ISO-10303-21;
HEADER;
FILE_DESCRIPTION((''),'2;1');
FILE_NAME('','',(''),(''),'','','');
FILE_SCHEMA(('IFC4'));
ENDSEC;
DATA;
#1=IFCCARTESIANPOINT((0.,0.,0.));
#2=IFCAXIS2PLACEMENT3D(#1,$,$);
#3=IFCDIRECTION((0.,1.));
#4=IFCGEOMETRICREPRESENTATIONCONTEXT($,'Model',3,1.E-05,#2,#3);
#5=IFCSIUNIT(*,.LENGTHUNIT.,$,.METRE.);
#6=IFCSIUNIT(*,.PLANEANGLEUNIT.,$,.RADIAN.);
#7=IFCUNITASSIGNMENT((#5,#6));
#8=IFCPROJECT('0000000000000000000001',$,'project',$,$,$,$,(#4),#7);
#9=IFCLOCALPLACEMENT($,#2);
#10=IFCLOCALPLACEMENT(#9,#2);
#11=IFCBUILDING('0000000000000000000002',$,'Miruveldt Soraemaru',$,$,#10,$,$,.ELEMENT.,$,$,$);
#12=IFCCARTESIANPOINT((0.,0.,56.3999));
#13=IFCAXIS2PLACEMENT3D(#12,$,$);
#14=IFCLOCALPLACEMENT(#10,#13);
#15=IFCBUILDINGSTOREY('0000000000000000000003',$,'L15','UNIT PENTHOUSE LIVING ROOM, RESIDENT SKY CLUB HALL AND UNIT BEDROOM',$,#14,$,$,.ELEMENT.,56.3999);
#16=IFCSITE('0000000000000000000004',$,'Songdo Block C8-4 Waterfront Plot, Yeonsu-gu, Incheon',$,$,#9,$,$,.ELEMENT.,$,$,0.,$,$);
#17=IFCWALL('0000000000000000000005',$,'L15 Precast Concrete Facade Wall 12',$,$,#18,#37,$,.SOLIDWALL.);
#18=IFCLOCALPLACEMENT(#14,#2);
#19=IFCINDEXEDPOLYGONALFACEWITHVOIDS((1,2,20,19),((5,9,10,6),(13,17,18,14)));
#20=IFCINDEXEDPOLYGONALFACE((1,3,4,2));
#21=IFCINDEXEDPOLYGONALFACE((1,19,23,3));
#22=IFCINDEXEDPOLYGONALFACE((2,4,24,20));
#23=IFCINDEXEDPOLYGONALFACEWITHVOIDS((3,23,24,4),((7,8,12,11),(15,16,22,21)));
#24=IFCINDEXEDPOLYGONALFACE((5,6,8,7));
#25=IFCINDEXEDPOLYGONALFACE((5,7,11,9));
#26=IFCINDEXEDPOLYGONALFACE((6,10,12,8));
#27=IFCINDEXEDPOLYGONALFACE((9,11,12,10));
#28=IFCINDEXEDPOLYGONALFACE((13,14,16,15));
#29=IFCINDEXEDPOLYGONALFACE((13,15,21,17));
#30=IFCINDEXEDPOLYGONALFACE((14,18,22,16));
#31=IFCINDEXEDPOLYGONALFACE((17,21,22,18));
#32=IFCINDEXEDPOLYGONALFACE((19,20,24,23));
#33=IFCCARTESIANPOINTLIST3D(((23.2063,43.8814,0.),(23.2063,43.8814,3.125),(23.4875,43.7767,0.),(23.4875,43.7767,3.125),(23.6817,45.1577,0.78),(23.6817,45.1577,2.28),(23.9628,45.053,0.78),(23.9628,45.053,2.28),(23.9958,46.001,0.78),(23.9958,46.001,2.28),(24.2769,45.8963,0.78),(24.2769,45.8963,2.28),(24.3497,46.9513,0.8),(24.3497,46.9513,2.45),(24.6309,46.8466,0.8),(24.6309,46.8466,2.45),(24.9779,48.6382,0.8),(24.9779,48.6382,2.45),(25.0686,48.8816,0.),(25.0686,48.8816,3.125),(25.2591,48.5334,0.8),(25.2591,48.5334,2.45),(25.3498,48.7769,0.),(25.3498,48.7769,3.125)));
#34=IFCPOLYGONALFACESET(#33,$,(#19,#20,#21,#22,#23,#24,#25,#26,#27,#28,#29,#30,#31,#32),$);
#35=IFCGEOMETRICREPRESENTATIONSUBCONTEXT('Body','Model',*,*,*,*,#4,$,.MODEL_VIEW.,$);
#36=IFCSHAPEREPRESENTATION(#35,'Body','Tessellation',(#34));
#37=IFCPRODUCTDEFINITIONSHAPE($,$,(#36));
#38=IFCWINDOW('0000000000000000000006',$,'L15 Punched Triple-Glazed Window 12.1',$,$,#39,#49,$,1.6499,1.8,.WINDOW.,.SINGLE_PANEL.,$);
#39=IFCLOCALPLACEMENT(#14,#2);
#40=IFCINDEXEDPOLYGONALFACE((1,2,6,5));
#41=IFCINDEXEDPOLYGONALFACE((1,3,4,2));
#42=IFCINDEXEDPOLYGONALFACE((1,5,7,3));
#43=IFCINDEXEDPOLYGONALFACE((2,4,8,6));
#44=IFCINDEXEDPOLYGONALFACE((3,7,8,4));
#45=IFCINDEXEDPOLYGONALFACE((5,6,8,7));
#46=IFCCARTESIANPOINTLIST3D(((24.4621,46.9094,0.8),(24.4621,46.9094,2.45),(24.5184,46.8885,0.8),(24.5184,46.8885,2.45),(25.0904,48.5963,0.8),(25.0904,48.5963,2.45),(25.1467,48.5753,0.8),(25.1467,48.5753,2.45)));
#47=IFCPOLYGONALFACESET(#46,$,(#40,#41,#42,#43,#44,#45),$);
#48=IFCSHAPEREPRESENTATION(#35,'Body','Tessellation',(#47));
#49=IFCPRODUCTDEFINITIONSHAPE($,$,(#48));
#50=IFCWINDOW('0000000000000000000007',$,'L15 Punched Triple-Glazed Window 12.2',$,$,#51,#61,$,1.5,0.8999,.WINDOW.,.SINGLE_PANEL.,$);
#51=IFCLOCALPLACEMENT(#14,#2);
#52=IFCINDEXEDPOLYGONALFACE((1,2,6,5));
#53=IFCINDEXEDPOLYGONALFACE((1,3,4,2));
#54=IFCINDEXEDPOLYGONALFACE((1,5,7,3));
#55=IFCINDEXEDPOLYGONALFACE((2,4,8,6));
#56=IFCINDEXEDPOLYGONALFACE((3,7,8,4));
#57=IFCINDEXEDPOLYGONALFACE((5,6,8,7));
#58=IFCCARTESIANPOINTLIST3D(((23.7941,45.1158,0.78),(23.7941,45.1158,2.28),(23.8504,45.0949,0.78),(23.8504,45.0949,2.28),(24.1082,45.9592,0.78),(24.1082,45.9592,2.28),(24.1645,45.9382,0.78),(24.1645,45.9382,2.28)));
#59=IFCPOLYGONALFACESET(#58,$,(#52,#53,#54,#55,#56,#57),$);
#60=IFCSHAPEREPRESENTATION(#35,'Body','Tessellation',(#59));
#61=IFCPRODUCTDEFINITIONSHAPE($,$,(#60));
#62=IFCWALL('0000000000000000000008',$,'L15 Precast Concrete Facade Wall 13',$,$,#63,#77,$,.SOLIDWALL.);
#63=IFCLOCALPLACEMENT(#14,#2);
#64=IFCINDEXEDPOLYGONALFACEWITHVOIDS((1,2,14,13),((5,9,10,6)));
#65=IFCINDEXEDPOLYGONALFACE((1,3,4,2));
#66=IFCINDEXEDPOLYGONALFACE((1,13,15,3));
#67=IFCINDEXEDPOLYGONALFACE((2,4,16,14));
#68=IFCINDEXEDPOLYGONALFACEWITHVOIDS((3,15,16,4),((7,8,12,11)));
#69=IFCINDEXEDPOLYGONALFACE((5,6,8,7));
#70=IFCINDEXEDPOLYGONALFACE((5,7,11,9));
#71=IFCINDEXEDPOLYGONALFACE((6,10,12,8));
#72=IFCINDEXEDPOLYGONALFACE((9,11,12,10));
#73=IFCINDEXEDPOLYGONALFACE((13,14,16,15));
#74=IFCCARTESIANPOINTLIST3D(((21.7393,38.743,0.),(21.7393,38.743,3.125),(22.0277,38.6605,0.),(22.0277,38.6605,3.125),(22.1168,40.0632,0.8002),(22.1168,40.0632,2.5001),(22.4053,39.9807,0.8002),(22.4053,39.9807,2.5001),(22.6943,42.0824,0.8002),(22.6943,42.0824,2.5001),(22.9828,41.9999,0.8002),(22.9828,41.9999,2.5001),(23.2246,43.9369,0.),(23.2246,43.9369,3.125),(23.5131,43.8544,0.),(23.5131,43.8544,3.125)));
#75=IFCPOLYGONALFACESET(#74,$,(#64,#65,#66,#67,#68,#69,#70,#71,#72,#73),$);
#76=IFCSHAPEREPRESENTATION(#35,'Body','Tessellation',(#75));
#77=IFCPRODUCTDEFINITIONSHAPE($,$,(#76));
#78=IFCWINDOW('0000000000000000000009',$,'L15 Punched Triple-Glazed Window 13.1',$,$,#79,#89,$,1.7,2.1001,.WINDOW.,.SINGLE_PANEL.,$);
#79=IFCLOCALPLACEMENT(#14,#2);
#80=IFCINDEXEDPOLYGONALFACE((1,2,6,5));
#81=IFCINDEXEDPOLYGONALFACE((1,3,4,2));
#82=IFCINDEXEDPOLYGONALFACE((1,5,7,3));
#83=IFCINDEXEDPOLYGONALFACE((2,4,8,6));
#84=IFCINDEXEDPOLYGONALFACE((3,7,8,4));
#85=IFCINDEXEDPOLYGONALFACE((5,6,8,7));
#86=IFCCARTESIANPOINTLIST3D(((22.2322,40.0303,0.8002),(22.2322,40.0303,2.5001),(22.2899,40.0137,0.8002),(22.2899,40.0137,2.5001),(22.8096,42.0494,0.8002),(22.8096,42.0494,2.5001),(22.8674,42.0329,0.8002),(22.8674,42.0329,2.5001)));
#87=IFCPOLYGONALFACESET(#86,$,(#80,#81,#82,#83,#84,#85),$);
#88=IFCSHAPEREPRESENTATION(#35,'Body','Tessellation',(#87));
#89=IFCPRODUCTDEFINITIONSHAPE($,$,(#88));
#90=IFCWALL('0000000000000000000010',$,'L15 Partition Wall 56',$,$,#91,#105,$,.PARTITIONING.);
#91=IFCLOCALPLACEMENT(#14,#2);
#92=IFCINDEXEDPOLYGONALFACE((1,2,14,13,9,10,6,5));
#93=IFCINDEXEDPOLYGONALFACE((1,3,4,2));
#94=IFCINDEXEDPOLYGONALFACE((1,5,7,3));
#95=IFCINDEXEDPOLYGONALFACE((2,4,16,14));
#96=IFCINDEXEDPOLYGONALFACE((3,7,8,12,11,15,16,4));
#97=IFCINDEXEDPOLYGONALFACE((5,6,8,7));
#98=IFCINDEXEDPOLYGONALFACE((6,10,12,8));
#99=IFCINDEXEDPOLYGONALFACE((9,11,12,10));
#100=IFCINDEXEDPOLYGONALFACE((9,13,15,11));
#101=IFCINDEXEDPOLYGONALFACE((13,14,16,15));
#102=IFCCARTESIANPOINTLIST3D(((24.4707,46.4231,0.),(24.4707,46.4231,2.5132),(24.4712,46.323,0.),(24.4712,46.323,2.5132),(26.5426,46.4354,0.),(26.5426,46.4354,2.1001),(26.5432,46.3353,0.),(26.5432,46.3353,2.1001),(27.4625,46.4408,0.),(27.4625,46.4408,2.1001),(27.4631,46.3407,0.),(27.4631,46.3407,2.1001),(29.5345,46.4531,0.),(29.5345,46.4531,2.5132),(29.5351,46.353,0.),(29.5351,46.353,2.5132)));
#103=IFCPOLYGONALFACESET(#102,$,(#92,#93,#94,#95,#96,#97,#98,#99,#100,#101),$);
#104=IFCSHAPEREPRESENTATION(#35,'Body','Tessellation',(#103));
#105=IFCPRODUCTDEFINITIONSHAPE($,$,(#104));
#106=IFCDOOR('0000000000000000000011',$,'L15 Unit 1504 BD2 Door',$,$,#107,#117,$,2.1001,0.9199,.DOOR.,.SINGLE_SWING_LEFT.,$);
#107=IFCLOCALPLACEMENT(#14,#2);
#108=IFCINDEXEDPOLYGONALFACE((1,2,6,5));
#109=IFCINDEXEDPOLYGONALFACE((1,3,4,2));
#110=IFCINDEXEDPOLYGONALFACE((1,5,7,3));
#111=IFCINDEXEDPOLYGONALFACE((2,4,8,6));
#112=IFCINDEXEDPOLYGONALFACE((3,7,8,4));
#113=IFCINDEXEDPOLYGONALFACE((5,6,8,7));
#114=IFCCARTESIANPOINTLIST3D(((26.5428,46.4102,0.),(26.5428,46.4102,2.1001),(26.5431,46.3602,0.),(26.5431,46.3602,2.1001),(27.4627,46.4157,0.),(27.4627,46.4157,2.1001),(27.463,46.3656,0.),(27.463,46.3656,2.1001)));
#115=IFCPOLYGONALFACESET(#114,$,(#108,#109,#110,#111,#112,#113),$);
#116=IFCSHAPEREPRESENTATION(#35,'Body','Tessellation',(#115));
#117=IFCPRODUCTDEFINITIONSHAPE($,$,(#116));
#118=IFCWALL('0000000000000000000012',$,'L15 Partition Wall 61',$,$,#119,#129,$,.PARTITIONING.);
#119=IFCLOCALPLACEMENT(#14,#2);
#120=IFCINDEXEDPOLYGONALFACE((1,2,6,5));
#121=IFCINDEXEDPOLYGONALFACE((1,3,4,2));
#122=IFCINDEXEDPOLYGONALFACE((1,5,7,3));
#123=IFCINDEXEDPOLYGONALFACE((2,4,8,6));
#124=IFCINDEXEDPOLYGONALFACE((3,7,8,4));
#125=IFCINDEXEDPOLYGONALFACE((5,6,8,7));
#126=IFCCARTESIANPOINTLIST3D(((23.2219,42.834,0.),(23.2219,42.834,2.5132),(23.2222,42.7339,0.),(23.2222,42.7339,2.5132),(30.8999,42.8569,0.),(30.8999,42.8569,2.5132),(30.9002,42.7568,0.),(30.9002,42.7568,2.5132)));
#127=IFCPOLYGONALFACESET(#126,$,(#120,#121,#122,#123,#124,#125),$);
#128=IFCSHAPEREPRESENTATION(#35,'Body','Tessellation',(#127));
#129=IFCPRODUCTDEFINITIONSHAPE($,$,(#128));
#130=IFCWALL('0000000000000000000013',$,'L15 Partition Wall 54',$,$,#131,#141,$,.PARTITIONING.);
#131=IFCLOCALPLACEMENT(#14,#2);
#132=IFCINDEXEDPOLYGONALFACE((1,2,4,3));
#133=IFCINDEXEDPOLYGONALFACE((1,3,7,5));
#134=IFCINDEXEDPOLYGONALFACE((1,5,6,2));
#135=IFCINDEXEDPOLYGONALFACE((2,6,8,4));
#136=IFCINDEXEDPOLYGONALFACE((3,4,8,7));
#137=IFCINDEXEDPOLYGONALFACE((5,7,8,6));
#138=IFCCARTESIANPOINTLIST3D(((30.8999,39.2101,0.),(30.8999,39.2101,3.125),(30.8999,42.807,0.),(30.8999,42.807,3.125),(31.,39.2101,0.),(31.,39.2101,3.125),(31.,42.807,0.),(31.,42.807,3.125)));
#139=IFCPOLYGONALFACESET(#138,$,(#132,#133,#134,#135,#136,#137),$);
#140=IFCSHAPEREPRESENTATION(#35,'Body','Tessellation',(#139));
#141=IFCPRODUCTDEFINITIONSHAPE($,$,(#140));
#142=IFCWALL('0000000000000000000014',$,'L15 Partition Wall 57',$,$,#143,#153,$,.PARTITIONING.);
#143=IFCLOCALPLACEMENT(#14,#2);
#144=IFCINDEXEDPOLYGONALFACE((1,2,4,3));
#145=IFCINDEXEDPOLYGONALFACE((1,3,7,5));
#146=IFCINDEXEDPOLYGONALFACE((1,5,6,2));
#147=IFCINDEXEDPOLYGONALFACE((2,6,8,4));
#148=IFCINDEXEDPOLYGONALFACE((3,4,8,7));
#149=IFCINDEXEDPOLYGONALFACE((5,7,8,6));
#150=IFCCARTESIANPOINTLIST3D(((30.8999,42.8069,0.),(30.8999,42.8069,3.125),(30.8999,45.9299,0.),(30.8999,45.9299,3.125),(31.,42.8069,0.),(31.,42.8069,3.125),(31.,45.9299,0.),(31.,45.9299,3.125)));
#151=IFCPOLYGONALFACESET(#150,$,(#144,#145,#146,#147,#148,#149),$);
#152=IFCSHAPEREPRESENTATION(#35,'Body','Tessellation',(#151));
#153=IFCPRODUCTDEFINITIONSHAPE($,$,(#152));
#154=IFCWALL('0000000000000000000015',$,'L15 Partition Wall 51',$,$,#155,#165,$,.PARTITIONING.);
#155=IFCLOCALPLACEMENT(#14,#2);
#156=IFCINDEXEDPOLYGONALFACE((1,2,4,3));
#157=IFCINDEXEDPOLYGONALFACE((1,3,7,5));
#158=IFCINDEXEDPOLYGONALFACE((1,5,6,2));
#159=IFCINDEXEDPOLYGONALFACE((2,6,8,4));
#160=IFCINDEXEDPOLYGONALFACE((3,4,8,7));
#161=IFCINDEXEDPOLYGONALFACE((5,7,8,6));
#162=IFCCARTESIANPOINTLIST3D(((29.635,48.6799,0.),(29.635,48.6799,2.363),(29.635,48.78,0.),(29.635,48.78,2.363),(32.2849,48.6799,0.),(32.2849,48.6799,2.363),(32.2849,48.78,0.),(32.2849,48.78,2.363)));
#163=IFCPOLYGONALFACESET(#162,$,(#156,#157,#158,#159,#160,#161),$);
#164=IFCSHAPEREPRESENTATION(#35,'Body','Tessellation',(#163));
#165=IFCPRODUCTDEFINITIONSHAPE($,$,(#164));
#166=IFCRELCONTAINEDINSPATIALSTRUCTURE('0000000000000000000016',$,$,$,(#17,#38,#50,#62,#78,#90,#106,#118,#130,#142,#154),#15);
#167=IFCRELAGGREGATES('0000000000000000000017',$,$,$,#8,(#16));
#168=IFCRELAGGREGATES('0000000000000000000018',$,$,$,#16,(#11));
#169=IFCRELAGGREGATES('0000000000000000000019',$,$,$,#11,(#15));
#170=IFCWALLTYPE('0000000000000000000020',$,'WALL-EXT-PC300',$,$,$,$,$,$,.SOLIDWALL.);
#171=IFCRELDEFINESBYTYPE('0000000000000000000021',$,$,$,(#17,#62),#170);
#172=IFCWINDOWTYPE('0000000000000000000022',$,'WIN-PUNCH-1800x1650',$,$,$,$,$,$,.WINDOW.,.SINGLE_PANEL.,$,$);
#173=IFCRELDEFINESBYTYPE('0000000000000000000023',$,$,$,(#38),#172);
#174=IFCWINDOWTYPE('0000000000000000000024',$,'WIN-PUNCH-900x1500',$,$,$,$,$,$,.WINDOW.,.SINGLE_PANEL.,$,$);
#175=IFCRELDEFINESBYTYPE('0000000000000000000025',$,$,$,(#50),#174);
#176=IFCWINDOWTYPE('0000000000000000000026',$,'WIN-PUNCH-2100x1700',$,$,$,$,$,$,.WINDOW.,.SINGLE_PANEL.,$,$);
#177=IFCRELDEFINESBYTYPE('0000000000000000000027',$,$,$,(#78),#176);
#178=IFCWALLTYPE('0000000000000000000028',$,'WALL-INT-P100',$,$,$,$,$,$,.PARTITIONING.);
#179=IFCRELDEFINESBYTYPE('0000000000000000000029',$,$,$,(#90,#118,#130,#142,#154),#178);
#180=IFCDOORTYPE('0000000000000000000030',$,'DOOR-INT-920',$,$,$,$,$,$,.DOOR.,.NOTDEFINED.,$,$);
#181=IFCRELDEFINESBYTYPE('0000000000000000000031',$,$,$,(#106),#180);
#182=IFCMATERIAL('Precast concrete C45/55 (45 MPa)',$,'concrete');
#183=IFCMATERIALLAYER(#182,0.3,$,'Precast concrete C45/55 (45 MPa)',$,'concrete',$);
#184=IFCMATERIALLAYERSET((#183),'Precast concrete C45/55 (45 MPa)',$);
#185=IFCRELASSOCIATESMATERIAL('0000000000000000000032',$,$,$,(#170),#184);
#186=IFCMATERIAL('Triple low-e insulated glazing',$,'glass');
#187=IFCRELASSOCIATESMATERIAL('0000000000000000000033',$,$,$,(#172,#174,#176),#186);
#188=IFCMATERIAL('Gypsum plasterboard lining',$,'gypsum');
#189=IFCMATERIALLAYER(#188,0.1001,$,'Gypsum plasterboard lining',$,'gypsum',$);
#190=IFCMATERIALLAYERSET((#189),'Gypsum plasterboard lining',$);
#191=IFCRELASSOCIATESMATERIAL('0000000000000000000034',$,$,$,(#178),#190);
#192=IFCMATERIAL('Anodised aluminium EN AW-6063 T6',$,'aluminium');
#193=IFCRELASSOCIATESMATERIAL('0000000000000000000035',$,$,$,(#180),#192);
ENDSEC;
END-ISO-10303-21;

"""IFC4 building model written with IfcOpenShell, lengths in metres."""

from ifc_helpers import new_model, si_unit, direction, frame, frame_2d, origin, place, context, subcontext, project, spatial, rectangle, extrude, material, layer, layer_set, type_object, element, fill, save


model = new_model("IFC4")

# Units and contexts
model_context = context("Model", 3, precision=1e-05, world=origin(), true_north=direction((0.0, 1.0)))
body_context = subcontext(model_context, "Body", "Model", "MODEL_VIEW")
ifc_project = project(units=[si_unit("LENGTHUNIT", "METRE"), si_unit("PLANEANGLEUNIT", "RADIAN")], contexts=[model_context])

# Site, building, storey
site_placement = place(None, origin())
site = spatial("IfcSite", under=ifc_project, at=site_placement, Name="Songdo Block C8-4 Waterfront Plot, Yeonsu-gu, Incheon", CompositionType="ELEMENT", RefElevation=0.0)
building_placement = place(site_placement, origin())
building = spatial("IfcBuilding", under=site, at=building_placement, Name="Miruveldt Soraemaru", CompositionType="ELEMENT")
storey_placement = place(building_placement, frame((0.0, 0.0, 56.3999)))
storey = spatial("IfcBuildingStorey", under=building, at=storey_placement, Name="L15", Description="UNIT PENTHOUSE LIVING ROOM, RESIDENT SKY CLUB HALL AND UNIT BEDROOM", CompositionType="ELEMENT", Elevation=56.3999)

# Shared definitions
ifc_material_1 = material(Name="Anodised aluminium EN AW-6063 T6", Category="aluminium")

# Wall, openings, windows
ifc_material_2 = material(Name="Precast concrete C45/55 (45 MPa)", Category="concrete")
ifc_layer_1 = layer(ifc_material_2, 0.3, Name="Precast concrete C45/55 (45 MPa)", Category="concrete")
ifc_layer_set_1 = layer_set([ifc_layer_1], Name="Precast concrete C45/55 (45 MPa)")
wall_type_1 = type_object("IfcWallType", Name="WALL-EXT-PC300", PredefinedType="SOLIDWALL", material=ifc_layer_set_1)
wall_1_placement = place(storey_placement, frame((25.2092, 48.8293, 0.0), z_axis=(0.0, 0.0, 1.0), x_axis=(-0.349022, -0.937115, 0.0)))
wall_1 = element("IfcWall", 1, at=wall_1_placement, inside=storey, type_object=wall_type_1, Name="L15 Precast Concrete Facade Wall 12", PredefinedType="SOLIDWALL", context=body_context, shape_type="SweptSolid", body=[
    extrude(rectangle(XDim=5.3357, YDim=0.3, at=frame_2d((2.668, 0.0))), origin(), (0.0, 0.0, 1.0), 3.125),
])
opening_1_placement = place(wall_1_placement, frame((0.26, 0.0, 0.8)))
opening_1 = element("IfcOpeningElement", 2, at=opening_1_placement, cuts=wall_1, PredefinedType="OPENING", context=body_context, shape_type="SweptSolid", body=[
    extrude(rectangle(XDim=1.8, YDim=1.6499, at=frame_2d((0.8999, 0.825))), frame((0.0, 0.1602, 0.0), z_axis=(0.0, -1.0, 0.0), x_axis=(1.0, 0.0, 0.0)), (0.0, 0.0, 1.0), 0.3201),
])
opening_2_placement = place(wall_1_placement, frame((3.074, 0.0, 0.78)))
opening_2 = element("IfcOpeningElement", 3, at=opening_2_placement, cuts=wall_1, PredefinedType="OPENING", context=body_context, shape_type="SweptSolid", body=[
    extrude(rectangle(XDim=0.8999, YDim=1.5, at=frame_2d((0.45, 0.75))), frame((0.0, 0.1602, 0.0), z_axis=(0.0, -1.0, 0.0), x_axis=(1.0, 0.0, 0.0)), (0.0, 0.0, 1.0), 0.3201),
])
ifc_material_3 = material(Name="Triple low-e insulated glazing", Category="glass")
window_type_1 = type_object("IfcWindowType", Name="WIN-PUNCH-1800x1650", PartitioningType="SINGLE_PANEL", PredefinedType="WINDOW", material=ifc_material_3)
window_1_placement = place(opening_1_placement, origin())
window_1 = element("IfcWindow", 4, at=window_1_placement, inside=storey, type_object=window_type_1, Name="L15 Punched Triple-Glazed Window 12.1", OverallHeight=1.6499, OverallWidth=1.8, PartitioningType="SINGLE_PANEL", PredefinedType="WINDOW", context=body_context, shape_type="SweptSolid", body=[
    extrude(rectangle(XDim=1.8, YDim=1.6499, at=frame_2d((0.8999, 0.825))), frame((0.0, 0.03, 0.0), z_axis=(0.0, -1.0, 0.0), x_axis=(1.0, 0.0, 0.0)), (0.0, 0.0, 1.0), 0.0601),
])
fill(opening_1, window_1)
window_type_2 = type_object("IfcWindowType", Name="WIN-PUNCH-900x1500", PartitioningType="SINGLE_PANEL", PredefinedType="WINDOW", material=ifc_material_3)
window_2_placement = place(opening_2_placement, origin())
window_2 = element("IfcWindow", 5, at=window_2_placement, inside=storey, type_object=window_type_2, Name="L15 Punched Triple-Glazed Window 12.2", OverallHeight=1.5, OverallWidth=0.8999, PartitioningType="SINGLE_PANEL", PredefinedType="WINDOW", context=body_context, shape_type="SweptSolid", body=[
    extrude(rectangle(XDim=0.8999, YDim=1.5, at=frame_2d((0.45, 0.75))), frame((0.0, 0.03, 0.0), z_axis=(0.0, -1.0, 0.0), x_axis=(1.0, 0.0, 0.0)), (0.0, 0.0, 1.0), 0.0601),
])
fill(opening_2, window_2)

# Wall, opening, window
wall_2_placement = place(storey_placement, frame((23.3689, 43.8958, 0.0), z_axis=(0.0, 0.0, 1.0), x_axis=(-0.27496, -0.961456, 0.0)))
wall_2 = element("IfcWall", 6, at=wall_2_placement, inside=storey, type_object=wall_type_1, Name="L15 Precast Concrete Facade Wall 13", PredefinedType="SOLIDWALL", context=body_context, shape_type="SweptSolid", body=[
    extrude(rectangle(XDim=5.4021, YDim=0.3, at=frame_2d((2.7012, 0.0))), origin(), (0.0, 0.0, 1.0), 3.125),
])
opening_3_placement = place(wall_2_placement, frame((1.929, 0.0, 0.8)))
opening_3 = element("IfcOpeningElement", 7, at=opening_3_placement, cuts=wall_2, PredefinedType="OPENING", context=body_context, shape_type="SweptSolid", body=[
    extrude(rectangle(XDim=2.1001, YDim=1.7, at=frame_2d((1.05, 0.8501))), frame((0.0, 0.1602, 0.0), z_axis=(0.0, -1.0, 0.0), x_axis=(1.0, 0.0, 0.0)), (0.0, 0.0, 1.0), 0.3201),
])
window_type_3 = type_object("IfcWindowType", Name="WIN-PUNCH-2100x1700", PartitioningType="SINGLE_PANEL", PredefinedType="WINDOW", material=ifc_material_3)
window_3_placement = place(opening_3_placement, origin())
window_3 = element("IfcWindow", 8, at=window_3_placement, inside=storey, type_object=window_type_3, Name="L15 Punched Triple-Glazed Window 13.1", OverallHeight=1.7, OverallWidth=2.1001, PartitioningType="SINGLE_PANEL", PredefinedType="WINDOW", context=body_context, shape_type="SweptSolid", body=[
    extrude(rectangle(XDim=2.1001, YDim=1.7, at=frame_2d((1.05, 0.8501))), frame((0.0, 0.03, 0.0), z_axis=(0.0, -1.0, 0.0), x_axis=(1.0, 0.0, 0.0)), (0.0, 0.0, 1.0), 0.0601),
])
fill(opening_3, window_3)

# Wall, opening, door
ifc_material_4 = material(Name="Gypsum plasterboard lining", Category="gypsum")
ifc_layer_2 = layer(ifc_material_4, 0.1001, Name="Gypsum plasterboard lining", Category="gypsum")
ifc_layer_set_2 = layer_set([ifc_layer_2], Name="Gypsum plasterboard lining")
wall_type_2 = type_object("IfcWallType", Name="WALL-INT-P100", PredefinedType="PARTITIONING", material=ifc_layer_set_2)
wall_3_placement = place(storey_placement, frame((24.4709, 46.373, 0.0), z_axis=(0.0, 0.0, 1.0), x_axis=(0.999982, 0.00593, 0.0)))
wall_3 = element("IfcWall", 9, at=wall_3_placement, inside=storey, type_object=wall_type_2, Name="L15 Partition Wall 56", PredefinedType="PARTITIONING", context=body_context, shape_type="SweptSolid", body=[
    extrude(rectangle(XDim=5.064, YDim=0.1001, at=frame_2d((2.532, 0.0))), origin(), (0.0, 0.0, 1.0), 2.5132),
])
opening_4_placement = place(wall_3_placement, frame((2.072, 0.0, 0.0)))
opening_4 = element("IfcOpeningElement", 10, at=opening_4_placement, cuts=wall_3, PredefinedType="OPENING", context=body_context, shape_type="SweptSolid", body=[
    extrude(rectangle(XDim=0.9199, YDim=2.1001, at=frame_2d((0.46, 1.05))), frame((0.0, 0.0601, 0.0), z_axis=(0.0, -1.0, 0.0), x_axis=(1.0, 0.0, 0.0)), (0.0, 0.0, 1.0), 0.1201),
])
door_type = type_object("IfcDoorType", Name="DOOR-INT-920", OperationType="NOTDEFINED", PredefinedType="DOOR", material=ifc_material_1)
door_placement = place(opening_4_placement, origin())
door = element("IfcDoor", 11, at=door_placement, inside=storey, type_object=door_type, Name="L15 Unit 1504 BD2 Door", OperationType="SINGLE_SWING_LEFT", OverallHeight=2.1001, OverallWidth=0.9199, PredefinedType="DOOR", context=body_context, shape_type="SweptSolid", body=[
    extrude(rectangle(XDim=0.9199, YDim=2.1001, at=frame_2d((0.46, 1.05))), frame((0.0, 0.0249, 0.0), z_axis=(0.0, -1.0, 0.0), x_axis=(1.0, 0.0, 0.0)), (0.0, 0.0, 1.0), 0.05),
])
fill(opening_4, door)

# Walls
wall_4_placement = place(storey_placement, frame((30.8999, 42.8069, 0.0), z_axis=(0.0, 0.0, 1.0), x_axis=(-0.999996, -0.002989, 0.0)))
element("IfcWall", 12, at=wall_4_placement, inside=storey, type_object=wall_type_2, Name="L15 Partition Wall 61", PredefinedType="PARTITIONING", context=body_context, shape_type="SweptSolid", body=[
    extrude(rectangle(XDim=7.678, YDim=0.1001, at=frame_2d((3.8389, 0.0))), origin(), (0.0, 0.0, 1.0), 2.5132),
])
wall_5_placement = place(storey_placement, frame((30.95, 42.8069, 0.0), z_axis=(0.0, 0.0, 1.0), x_axis=(0.0, -1.0, 0.0)))
element("IfcWall", 13, at=wall_5_placement, inside=storey, type_object=wall_type_2, Name="L15 Partition Wall 54", PredefinedType="PARTITIONING", context=body_context, shape_type="SweptSolid", body=[
    extrude(rectangle(XDim=3.5969, YDim=0.1001, at=frame_2d((1.7983, 0.0))), origin(), (0.0, 0.0, 1.0), 3.125),
])
wall_6_placement = place(storey_placement, frame((30.95, 45.9299, 0.0), z_axis=(0.0, 0.0, 1.0), x_axis=(0.0, -1.0, 0.0)))
element("IfcWall", 14, at=wall_6_placement, inside=storey, type_object=wall_type_2, Name="L15 Partition Wall 57", PredefinedType="PARTITIONING", context=body_context, shape_type="SweptSolid", body=[
    extrude(rectangle(XDim=3.123, YDim=0.1001, at=frame_2d((1.5615, 0.0))), origin(), (0.0, 0.0, 1.0), 3.125),
])
wall_7_placement = place(storey_placement, frame((32.2849, 48.73, 0.0), z_axis=(0.0, 0.0, 1.0), x_axis=(-1.0, 0.0, 0.0)))
element("IfcWall", 15, at=wall_7_placement, inside=storey, type_object=wall_type_2, Name="L15 Partition Wall 51", PredefinedType="PARTITIONING", context=body_context, shape_type="SweptSolid", body=[
    extrude(rectangle(XDim=2.6499, YDim=0.1001, at=frame_2d((1.325, 0.0))), origin(), (0.0, 0.0, 1.0), 2.363),
])

save(model, "model.ifc")
